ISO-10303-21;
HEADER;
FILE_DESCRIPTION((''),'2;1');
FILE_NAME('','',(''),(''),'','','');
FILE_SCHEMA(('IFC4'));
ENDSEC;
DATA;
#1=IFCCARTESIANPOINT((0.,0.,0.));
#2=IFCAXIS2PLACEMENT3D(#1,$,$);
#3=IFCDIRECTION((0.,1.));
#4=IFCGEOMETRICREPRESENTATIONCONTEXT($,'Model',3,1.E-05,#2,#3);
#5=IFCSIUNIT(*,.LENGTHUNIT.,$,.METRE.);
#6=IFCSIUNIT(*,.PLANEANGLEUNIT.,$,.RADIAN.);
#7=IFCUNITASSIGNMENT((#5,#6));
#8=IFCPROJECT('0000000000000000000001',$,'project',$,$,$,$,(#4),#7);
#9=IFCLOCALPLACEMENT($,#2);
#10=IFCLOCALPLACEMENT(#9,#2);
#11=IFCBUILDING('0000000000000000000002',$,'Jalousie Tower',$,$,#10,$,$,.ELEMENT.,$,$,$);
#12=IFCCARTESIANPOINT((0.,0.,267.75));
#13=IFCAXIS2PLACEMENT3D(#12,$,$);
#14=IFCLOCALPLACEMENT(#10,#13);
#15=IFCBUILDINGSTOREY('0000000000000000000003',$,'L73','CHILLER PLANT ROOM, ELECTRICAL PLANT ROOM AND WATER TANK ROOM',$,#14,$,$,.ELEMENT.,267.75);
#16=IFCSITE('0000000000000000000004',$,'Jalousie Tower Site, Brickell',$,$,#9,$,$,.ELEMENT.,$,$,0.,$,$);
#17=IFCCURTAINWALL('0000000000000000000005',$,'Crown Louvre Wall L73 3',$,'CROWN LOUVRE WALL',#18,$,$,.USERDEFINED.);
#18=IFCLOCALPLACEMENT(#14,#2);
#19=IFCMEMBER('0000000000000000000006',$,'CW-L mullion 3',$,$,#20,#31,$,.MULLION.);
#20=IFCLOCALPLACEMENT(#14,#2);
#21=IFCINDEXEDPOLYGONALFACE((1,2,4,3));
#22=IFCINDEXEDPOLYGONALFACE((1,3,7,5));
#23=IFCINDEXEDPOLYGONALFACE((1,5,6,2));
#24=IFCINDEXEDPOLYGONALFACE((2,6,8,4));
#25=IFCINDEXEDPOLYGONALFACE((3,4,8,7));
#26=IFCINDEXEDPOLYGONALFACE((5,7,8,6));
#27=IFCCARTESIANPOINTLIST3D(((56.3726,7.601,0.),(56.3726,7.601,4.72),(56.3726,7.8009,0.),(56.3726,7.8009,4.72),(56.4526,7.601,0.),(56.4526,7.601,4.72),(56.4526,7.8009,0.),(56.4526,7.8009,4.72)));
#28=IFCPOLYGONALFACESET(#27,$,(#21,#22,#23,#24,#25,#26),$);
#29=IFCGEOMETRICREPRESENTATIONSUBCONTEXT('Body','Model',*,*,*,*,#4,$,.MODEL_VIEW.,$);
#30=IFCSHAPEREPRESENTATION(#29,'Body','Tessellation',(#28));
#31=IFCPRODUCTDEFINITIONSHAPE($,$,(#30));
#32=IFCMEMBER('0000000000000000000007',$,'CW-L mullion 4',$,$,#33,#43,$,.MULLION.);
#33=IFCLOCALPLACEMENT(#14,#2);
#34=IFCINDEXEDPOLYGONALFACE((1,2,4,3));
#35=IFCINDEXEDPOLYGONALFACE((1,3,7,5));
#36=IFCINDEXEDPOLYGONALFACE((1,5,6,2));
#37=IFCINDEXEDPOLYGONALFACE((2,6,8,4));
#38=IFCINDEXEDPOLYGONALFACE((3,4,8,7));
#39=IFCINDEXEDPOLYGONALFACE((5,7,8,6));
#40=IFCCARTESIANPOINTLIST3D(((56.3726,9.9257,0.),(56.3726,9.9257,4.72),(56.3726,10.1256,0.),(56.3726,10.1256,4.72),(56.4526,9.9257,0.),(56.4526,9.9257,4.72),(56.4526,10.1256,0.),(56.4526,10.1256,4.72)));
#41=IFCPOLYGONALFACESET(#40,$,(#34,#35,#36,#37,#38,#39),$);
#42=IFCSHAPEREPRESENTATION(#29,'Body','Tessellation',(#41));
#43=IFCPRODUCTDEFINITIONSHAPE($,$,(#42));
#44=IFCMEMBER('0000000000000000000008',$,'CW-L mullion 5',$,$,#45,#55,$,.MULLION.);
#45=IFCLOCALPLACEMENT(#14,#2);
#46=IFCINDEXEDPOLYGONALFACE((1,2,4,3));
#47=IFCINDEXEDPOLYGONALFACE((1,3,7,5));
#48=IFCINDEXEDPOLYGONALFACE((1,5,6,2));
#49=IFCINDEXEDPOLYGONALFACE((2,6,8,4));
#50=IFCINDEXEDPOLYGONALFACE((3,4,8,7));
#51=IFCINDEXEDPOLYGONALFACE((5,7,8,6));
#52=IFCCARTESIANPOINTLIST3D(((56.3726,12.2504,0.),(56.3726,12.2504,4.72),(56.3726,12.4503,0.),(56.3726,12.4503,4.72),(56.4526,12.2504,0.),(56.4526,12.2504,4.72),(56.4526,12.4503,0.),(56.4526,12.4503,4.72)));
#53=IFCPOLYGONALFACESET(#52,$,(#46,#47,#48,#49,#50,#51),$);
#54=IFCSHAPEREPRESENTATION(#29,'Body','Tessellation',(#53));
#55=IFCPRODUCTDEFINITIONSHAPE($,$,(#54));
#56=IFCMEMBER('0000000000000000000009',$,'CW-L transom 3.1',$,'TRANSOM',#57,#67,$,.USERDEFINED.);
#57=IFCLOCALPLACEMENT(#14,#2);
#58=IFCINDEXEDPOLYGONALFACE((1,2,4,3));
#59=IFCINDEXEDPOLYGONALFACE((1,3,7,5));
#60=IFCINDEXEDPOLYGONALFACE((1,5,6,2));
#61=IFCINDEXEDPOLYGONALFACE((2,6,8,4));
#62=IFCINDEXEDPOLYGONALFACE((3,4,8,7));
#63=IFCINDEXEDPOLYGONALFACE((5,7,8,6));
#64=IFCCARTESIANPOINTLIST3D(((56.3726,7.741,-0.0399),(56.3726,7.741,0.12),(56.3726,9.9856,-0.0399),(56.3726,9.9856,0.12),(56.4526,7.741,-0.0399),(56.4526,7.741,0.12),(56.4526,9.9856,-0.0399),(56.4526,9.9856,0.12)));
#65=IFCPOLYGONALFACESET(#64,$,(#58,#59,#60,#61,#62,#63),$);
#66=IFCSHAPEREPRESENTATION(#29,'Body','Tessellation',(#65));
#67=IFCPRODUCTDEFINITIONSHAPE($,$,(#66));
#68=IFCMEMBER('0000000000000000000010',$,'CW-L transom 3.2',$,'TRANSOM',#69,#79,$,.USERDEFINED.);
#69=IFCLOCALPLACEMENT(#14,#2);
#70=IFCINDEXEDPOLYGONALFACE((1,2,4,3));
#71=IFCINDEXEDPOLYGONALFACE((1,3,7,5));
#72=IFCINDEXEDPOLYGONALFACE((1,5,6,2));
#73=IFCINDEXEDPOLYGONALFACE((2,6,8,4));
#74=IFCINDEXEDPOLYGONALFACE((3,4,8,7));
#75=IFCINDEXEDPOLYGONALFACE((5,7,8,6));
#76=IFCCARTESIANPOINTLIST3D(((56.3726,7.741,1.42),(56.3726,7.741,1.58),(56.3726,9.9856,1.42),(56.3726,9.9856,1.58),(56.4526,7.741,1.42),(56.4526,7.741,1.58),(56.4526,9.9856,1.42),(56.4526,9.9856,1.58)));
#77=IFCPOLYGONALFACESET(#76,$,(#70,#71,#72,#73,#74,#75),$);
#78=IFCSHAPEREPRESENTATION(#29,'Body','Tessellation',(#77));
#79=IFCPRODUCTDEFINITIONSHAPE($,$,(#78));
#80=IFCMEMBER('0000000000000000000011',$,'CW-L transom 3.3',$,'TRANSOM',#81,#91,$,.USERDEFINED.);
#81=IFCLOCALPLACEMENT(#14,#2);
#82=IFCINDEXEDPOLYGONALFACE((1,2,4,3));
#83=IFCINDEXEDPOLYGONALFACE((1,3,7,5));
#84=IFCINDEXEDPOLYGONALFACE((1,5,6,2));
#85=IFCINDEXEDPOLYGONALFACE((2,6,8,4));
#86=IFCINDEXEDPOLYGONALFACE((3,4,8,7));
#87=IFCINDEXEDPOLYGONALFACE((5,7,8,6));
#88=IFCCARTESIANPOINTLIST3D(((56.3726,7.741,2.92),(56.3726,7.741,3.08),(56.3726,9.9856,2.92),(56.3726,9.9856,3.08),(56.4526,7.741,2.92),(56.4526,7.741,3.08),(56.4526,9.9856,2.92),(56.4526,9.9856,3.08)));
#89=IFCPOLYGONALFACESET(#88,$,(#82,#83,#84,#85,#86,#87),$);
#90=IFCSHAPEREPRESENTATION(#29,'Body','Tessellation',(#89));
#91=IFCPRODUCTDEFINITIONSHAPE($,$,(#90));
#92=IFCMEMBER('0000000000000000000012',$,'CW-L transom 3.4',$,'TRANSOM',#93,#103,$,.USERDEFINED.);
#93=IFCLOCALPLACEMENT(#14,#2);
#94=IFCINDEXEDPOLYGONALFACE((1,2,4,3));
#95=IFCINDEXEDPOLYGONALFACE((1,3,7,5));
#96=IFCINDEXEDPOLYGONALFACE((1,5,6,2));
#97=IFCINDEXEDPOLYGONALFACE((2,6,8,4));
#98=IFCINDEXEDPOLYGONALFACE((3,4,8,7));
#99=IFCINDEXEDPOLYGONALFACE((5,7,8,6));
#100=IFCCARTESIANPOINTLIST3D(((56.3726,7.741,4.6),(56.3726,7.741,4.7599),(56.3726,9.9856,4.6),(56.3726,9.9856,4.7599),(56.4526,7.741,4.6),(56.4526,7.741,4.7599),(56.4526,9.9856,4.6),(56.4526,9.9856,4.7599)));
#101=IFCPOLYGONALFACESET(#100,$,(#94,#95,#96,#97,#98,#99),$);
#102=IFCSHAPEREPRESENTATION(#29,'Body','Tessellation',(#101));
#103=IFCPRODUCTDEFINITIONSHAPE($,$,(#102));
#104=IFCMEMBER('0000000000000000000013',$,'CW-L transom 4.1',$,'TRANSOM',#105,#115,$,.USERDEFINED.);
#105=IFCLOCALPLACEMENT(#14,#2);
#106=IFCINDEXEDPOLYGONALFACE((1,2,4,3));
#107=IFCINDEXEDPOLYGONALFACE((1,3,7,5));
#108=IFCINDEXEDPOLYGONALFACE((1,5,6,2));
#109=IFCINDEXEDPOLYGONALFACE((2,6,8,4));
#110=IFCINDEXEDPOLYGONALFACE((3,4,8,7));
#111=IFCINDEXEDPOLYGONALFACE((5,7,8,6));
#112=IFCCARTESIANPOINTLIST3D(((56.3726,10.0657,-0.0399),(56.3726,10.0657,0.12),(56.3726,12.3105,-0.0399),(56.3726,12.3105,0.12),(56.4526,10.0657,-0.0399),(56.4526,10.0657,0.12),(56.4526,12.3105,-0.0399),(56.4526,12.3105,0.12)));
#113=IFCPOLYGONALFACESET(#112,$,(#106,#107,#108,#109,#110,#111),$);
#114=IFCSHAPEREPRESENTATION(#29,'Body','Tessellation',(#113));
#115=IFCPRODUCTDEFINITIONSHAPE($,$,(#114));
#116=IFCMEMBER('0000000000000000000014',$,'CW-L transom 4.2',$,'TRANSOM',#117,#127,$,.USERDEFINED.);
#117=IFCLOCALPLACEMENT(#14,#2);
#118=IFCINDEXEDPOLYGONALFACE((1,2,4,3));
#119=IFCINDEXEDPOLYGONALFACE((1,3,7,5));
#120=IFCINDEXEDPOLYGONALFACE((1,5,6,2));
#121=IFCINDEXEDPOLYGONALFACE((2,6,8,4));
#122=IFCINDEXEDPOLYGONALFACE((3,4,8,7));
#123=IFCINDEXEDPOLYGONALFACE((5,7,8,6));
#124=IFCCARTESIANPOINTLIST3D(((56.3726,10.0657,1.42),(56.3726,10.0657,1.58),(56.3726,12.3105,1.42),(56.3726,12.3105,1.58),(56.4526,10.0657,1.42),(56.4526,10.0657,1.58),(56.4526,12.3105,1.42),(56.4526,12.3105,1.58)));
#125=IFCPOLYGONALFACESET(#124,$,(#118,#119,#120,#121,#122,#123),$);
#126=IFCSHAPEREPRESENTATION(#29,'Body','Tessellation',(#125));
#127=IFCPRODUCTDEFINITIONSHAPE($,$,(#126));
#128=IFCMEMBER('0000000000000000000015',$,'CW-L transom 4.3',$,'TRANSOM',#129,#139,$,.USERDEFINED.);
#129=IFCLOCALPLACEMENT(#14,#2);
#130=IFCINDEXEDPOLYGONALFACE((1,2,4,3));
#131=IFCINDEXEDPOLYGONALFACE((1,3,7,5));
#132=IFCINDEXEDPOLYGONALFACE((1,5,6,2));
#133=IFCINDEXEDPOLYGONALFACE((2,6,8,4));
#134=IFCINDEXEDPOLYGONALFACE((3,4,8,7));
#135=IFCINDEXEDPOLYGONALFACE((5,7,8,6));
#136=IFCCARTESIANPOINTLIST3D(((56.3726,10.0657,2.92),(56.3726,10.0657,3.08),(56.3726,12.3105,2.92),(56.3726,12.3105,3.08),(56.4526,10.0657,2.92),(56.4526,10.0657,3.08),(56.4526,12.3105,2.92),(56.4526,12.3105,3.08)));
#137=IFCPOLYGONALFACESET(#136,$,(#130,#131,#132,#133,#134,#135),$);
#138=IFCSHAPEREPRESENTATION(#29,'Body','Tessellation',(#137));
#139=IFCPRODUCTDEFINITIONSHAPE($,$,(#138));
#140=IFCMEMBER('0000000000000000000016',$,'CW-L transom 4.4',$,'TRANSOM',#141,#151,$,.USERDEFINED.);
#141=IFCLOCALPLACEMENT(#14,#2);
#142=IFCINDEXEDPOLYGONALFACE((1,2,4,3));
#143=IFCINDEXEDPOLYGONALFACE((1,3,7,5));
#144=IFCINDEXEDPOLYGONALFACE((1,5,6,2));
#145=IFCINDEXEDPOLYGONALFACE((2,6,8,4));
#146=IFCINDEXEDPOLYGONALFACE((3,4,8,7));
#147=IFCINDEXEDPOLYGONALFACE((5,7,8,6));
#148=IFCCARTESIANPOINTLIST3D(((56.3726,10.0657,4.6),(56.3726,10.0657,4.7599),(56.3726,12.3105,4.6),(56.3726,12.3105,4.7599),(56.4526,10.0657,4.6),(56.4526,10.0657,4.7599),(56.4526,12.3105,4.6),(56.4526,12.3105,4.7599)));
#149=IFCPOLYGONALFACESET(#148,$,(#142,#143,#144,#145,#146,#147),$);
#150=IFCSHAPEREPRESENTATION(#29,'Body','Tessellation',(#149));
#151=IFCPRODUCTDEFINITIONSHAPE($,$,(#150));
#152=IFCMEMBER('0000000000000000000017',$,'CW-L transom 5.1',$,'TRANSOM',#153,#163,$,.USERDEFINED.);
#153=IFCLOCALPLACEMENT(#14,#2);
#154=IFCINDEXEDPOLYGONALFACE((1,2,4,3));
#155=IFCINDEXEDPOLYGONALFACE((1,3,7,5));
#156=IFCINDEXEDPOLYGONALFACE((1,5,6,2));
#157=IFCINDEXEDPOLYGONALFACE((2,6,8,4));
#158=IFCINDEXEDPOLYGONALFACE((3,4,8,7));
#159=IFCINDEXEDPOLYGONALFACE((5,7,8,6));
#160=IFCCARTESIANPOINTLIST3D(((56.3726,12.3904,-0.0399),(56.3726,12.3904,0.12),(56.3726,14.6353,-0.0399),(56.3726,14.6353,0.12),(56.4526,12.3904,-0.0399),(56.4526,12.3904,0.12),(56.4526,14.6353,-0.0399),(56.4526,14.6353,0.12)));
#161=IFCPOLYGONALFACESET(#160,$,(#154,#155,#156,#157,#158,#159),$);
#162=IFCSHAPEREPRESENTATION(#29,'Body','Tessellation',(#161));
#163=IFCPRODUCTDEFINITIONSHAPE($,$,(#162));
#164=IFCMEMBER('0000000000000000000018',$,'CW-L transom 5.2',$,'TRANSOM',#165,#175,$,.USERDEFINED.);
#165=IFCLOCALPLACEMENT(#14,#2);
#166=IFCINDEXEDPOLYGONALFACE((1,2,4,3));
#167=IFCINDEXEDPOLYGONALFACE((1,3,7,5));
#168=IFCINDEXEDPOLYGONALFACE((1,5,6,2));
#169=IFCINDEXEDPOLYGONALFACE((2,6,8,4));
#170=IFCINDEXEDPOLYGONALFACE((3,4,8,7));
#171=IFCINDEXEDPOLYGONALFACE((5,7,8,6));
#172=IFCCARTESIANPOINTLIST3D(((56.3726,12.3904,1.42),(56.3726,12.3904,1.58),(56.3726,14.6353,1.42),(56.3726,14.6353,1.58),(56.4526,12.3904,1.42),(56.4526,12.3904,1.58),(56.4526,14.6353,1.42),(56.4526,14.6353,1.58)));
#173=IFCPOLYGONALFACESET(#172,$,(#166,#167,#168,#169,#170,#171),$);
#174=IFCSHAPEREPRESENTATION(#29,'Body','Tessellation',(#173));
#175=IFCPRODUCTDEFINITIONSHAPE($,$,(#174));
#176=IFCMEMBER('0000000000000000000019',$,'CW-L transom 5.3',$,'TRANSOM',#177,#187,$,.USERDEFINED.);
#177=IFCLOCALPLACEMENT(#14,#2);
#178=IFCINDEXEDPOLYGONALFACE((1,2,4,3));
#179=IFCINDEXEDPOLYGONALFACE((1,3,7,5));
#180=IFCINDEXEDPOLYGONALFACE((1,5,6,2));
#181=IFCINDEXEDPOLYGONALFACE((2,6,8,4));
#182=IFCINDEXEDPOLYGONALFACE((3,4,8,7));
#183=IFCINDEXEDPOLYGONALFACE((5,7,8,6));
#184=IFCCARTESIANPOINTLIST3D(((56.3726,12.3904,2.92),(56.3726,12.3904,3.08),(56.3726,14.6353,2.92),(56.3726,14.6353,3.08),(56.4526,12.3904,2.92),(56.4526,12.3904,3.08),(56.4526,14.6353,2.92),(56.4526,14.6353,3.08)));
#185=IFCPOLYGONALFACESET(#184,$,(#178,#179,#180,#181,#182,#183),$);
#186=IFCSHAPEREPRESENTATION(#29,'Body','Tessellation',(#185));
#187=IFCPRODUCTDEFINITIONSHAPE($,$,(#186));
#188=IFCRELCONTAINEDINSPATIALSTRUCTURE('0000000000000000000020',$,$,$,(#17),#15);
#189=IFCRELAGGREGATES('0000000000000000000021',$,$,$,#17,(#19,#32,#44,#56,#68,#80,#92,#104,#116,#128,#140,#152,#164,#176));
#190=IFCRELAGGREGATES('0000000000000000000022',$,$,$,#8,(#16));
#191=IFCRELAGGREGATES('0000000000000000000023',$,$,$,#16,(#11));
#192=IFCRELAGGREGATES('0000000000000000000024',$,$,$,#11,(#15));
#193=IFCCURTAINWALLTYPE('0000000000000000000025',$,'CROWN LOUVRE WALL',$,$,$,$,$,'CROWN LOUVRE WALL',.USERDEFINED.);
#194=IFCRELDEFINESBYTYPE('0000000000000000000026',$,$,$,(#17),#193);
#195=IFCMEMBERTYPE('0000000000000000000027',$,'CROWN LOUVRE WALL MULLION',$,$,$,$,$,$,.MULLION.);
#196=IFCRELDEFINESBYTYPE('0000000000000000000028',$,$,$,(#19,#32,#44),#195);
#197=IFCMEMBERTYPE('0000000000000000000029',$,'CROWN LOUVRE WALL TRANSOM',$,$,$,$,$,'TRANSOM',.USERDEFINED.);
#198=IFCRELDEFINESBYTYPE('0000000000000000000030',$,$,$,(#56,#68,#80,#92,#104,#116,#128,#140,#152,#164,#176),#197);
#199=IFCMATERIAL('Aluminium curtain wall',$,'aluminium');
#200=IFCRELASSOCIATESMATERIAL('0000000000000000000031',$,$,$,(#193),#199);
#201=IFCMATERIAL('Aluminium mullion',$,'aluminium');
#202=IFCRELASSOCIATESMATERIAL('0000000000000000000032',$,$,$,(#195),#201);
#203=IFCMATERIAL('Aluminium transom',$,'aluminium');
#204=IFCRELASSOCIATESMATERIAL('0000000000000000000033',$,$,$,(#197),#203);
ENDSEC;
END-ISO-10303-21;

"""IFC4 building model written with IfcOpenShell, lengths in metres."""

from ifc_helpers import new_model, si_unit, direction, frame, origin, origin_2d, place, context, subcontext, project, spatial, rectangle, extrude, material, material_profile, profile_set, type_object, element, aggregate, save


model = new_model("IFC4")

# Units and contexts
model_context = context("Model", 3, precision=1e-05, world=origin(), true_north=direction((0.0, 1.0)))
body_context = subcontext(model_context, "Body", "Model", "MODEL_VIEW")
ifc_project = project(units=[si_unit("LENGTHUNIT", "METRE"), si_unit("PLANEANGLEUNIT", "RADIAN")], contexts=[model_context])

# Site, building, storey
site_placement = place(None, origin())
site = spatial("IfcSite", under=ifc_project, at=site_placement, Name="Jalousie Tower Site, Brickell", CompositionType="ELEMENT", RefElevation=0.0)
building_placement = place(site_placement, origin())
building = spatial("IfcBuilding", under=site, at=building_placement, Name="Jalousie Tower", CompositionType="ELEMENT")
storey_placement = place(building_placement, frame((0.0, 0.0, 267.75)))
storey = spatial("IfcBuildingStorey", under=building, at=storey_placement, Name="L73", Description="CHILLER PLANT ROOM, ELECTRICAL PLANT ROOM AND WATER TANK ROOM", CompositionType="ELEMENT", Elevation=267.75)

# Curtain wall, members
ifc_material_1 = material(Name="Aluminium curtain wall", Category="aluminium")
curtain_wall_type = type_object("IfcCurtainWallType", Name="CROWN LOUVRE WALL", ElementType="CROWN LOUVRE WALL", PredefinedType="USERDEFINED", material=ifc_material_1)
curtain_wall_placement = place(storey_placement, origin())
curtain_wall = element("IfcCurtainWall", 1, at=curtain_wall_placement, inside=storey, type_object=curtain_wall_type, Name="Crown Louvre Wall L73 3", ObjectType="CROWN LOUVRE WALL", PredefinedType="USERDEFINED")
ifc_material_2 = material(Name="Aluminium mullion", Category="aluminium")
ifc_material_profile_1 = material_profile(ifc_material_2, rectangle(XDim=0.0801, YDim=0.2, at=origin_2d()), Name="MULLION 80x200")
ifc_profile_set_1 = profile_set([ifc_material_profile_1], Name="Aluminium mullion")
member_type_1 = type_object("IfcMemberType", Name="CROWN LOUVRE WALL MULLION", PredefinedType="MULLION", material=ifc_profile_set_1)
member_1_placement = place(storey_placement, frame((56.4126, 7.7009, 0.0), z_axis=(0.0, 0.0, 1.0), x_axis=(-1.0, 0.0, 0.0)))
member_1 = element("IfcMember", 2, at=member_1_placement, type_object=member_type_1, Name="CW-L mullion 3", PredefinedType="MULLION", context=body_context, shape_type="SweptSolid", body=[
    extrude(rectangle(XDim=0.0801, YDim=0.2, at=origin_2d()), origin(), (0.0, 0.0, 1.0), 4.72),
])
member_2_placement = place(storey_placement, frame((56.4126, 10.0256, 0.0), z_axis=(0.0, 0.0, 1.0), x_axis=(-1.0, 0.0, 0.0)))
member_2 = element("IfcMember", 3, at=member_2_placement, type_object=member_type_1, Name="CW-L mullion 4", PredefinedType="MULLION", context=body_context, shape_type="SweptSolid", body=[
    extrude(rectangle(XDim=0.0801, YDim=0.2, at=origin_2d()), origin(), (0.0, 0.0, 1.0), 4.72),
])
member_3_placement = place(storey_placement, frame((56.4126, 12.3503, 0.0), z_axis=(0.0, 0.0, 1.0), x_axis=(-1.0, 0.0, 0.0)))
member_3 = element("IfcMember", 4, at=member_3_placement, type_object=member_type_1, Name="CW-L mullion 5", PredefinedType="MULLION", context=body_context, shape_type="SweptSolid", body=[
    extrude(rectangle(XDim=0.0801, YDim=0.2, at=origin_2d()), origin(), (0.0, 0.0, 1.0), 4.72),
])
ifc_material_3 = material(Name="Aluminium transom", Category="aluminium")
ifc_material_profile_2 = material_profile(ifc_material_3, rectangle(XDim=0.0801, YDim=0.1599, at=origin_2d()), Name="TRANSOM 80x160")
ifc_profile_set_2 = profile_set([ifc_material_profile_2], Name="Aluminium transom")
member_type_2 = type_object("IfcMemberType", Name="CROWN LOUVRE WALL TRANSOM", ElementType="TRANSOM", PredefinedType="USERDEFINED", material=ifc_profile_set_2)
member_4_placement = place(storey_placement, frame((56.4126, 7.741, 0.04), z_axis=(0.0, 1.0, 0.0), x_axis=(-1.0, 0.0, 0.0)))
member_4 = element("IfcMember", 5, at=member_4_placement, type_object=member_type_2, Name="CW-L transom 3.1", ObjectType="TRANSOM", PredefinedType="USERDEFINED", context=body_context, shape_type="SweptSolid", body=[
    extrude(rectangle(XDim=0.0801, YDim=0.1599, at=origin_2d()), origin(), (0.0, 0.0, 1.0), 2.2446),
])
member_5_placement = place(storey_placement, frame((56.4126, 7.741, 1.5), z_axis=(0.0, 1.0, 0.0), x_axis=(-1.0, 0.0, 0.0)))
member_5 = element("IfcMember", 6, at=member_5_placement, type_object=member_type_2, Name="CW-L transom 3.2", ObjectType="TRANSOM", PredefinedType="USERDEFINED", context=body_context, shape_type="SweptSolid", body=[
    extrude(rectangle(XDim=0.0801, YDim=0.1599, at=origin_2d()), origin(), (0.0, 0.0, 1.0), 2.2446),
])
member_6_placement = place(storey_placement, frame((56.4126, 7.741, 3.0), z_axis=(0.0, 1.0, 0.0), x_axis=(-1.0, 0.0, 0.0)))
member_6 = element("IfcMember", 7, at=member_6_placement, type_object=member_type_2, Name="CW-L transom 3.3", ObjectType="TRANSOM", PredefinedType="USERDEFINED", context=body_context, shape_type="SweptSolid", body=[
    extrude(rectangle(XDim=0.0801, YDim=0.1599, at=origin_2d()), origin(), (0.0, 0.0, 1.0), 2.2446),
])
member_7_placement = place(storey_placement, frame((56.4126, 7.741, 4.6799), z_axis=(0.0, 1.0, 0.0), x_axis=(-1.0, 0.0, 0.0)))
member_7 = element("IfcMember", 8, at=member_7_placement, type_object=member_type_2, Name="CW-L transom 3.4", ObjectType="TRANSOM", PredefinedType="USERDEFINED", context=body_context, shape_type="SweptSolid", body=[
    extrude(rectangle(XDim=0.0801, YDim=0.1599, at=origin_2d()), origin(), (0.0, 0.0, 1.0), 2.2446),
])
member_8_placement = place(storey_placement, frame((56.4126, 10.0657, 0.04), z_axis=(0.0, 1.0, 0.0), x_axis=(-1.0, 0.0, 0.0)))
member_8 = element("IfcMember", 9, at=member_8_placement, type_object=member_type_2, Name="CW-L transom 4.1", ObjectType="TRANSOM", PredefinedType="USERDEFINED", context=body_context, shape_type="SweptSolid", body=[
    extrude(rectangle(XDim=0.0801, YDim=0.1599, at=origin_2d()), origin(), (0.0, 0.0, 1.0), 2.2449),
])
member_9_placement = place(storey_placement, frame((56.4126, 10.0657, 1.5), z_axis=(0.0, 1.0, 0.0), x_axis=(-1.0, 0.0, 0.0)))
member_9 = element("IfcMember", 10, at=member_9_placement, type_object=member_type_2, Name="CW-L transom 4.2", ObjectType="TRANSOM", PredefinedType="USERDEFINED", context=body_context, shape_type="SweptSolid", body=[
    extrude(rectangle(XDim=0.0801, YDim=0.1599, at=origin_2d()), origin(), (0.0, 0.0, 1.0), 2.2449),
])
member_10_placement = place(storey_placement, frame((56.4126, 10.0657, 3.0), z_axis=(0.0, 1.0, 0.0), x_axis=(-1.0, 0.0, 0.0)))
member_10 = element("IfcMember", 11, at=member_10_placement, type_object=member_type_2, Name="CW-L transom 4.3", ObjectType="TRANSOM", PredefinedType="USERDEFINED", context=body_context, shape_type="SweptSolid", body=[
    extrude(rectangle(XDim=0.0801, YDim=0.1599, at=origin_2d()), origin(), (0.0, 0.0, 1.0), 2.2449),
])
member_11_placement = place(storey_placement, frame((56.4126, 10.0657, 4.6799), z_axis=(0.0, 1.0, 0.0), x_axis=(-1.0, 0.0, 0.0)))
member_11 = element("IfcMember", 12, at=member_11_placement, type_object=member_type_2, Name="CW-L transom 4.4", ObjectType="TRANSOM", PredefinedType="USERDEFINED", context=body_context, shape_type="SweptSolid", body=[
    extrude(rectangle(XDim=0.0801, YDim=0.1599, at=origin_2d()), origin(), (0.0, 0.0, 1.0), 2.2449),
])
member_12_placement = place(storey_placement, frame((56.4126, 12.3904, 0.04), z_axis=(0.0, 1.0, 0.0), x_axis=(-1.0, 0.0, 0.0)))
member_12 = element("IfcMember", 13, at=member_12_placement, type_object=member_type_2, Name="CW-L transom 5.1", ObjectType="TRANSOM", PredefinedType="USERDEFINED", context=body_context, shape_type="SweptSolid", body=[
    extrude(rectangle(XDim=0.0801, YDim=0.1599, at=origin_2d()), origin(), (0.0, 0.0, 1.0), 2.2449),
])
member_13_placement = place(storey_placement, frame((56.4126, 12.3904, 1.5), z_axis=(0.0, 1.0, 0.0), x_axis=(-1.0, 0.0, 0.0)))
member_13 = element("IfcMember", 14, at=member_13_placement, type_object=member_type_2, Name="CW-L transom 5.2", ObjectType="TRANSOM", PredefinedType="USERDEFINED", context=body_context, shape_type="SweptSolid", body=[
    extrude(rectangle(XDim=0.0801, YDim=0.1599, at=origin_2d()), origin(), (0.0, 0.0, 1.0), 2.2449),
])
member_14_placement = place(storey_placement, frame((56.4126, 12.3904, 3.0), z_axis=(0.0, 1.0, 0.0), x_axis=(-1.0, 0.0, 0.0)))
member_14 = element("IfcMember", 15, at=member_14_placement, type_object=member_type_2, Name="CW-L transom 5.3", ObjectType="TRANSOM", PredefinedType="USERDEFINED", context=body_context, shape_type="SweptSolid", body=[
    extrude(rectangle(XDim=0.0801, YDim=0.1599, at=origin_2d()), origin(), (0.0, 0.0, 1.0), 2.2449),
])
aggregate(curtain_wall, [member_1, member_2, member_3, member_4, member_5, member_6, member_7, member_8, member_9, member_10, member_11, member_12, member_13, member_14])

save(model, "model.ifc")
